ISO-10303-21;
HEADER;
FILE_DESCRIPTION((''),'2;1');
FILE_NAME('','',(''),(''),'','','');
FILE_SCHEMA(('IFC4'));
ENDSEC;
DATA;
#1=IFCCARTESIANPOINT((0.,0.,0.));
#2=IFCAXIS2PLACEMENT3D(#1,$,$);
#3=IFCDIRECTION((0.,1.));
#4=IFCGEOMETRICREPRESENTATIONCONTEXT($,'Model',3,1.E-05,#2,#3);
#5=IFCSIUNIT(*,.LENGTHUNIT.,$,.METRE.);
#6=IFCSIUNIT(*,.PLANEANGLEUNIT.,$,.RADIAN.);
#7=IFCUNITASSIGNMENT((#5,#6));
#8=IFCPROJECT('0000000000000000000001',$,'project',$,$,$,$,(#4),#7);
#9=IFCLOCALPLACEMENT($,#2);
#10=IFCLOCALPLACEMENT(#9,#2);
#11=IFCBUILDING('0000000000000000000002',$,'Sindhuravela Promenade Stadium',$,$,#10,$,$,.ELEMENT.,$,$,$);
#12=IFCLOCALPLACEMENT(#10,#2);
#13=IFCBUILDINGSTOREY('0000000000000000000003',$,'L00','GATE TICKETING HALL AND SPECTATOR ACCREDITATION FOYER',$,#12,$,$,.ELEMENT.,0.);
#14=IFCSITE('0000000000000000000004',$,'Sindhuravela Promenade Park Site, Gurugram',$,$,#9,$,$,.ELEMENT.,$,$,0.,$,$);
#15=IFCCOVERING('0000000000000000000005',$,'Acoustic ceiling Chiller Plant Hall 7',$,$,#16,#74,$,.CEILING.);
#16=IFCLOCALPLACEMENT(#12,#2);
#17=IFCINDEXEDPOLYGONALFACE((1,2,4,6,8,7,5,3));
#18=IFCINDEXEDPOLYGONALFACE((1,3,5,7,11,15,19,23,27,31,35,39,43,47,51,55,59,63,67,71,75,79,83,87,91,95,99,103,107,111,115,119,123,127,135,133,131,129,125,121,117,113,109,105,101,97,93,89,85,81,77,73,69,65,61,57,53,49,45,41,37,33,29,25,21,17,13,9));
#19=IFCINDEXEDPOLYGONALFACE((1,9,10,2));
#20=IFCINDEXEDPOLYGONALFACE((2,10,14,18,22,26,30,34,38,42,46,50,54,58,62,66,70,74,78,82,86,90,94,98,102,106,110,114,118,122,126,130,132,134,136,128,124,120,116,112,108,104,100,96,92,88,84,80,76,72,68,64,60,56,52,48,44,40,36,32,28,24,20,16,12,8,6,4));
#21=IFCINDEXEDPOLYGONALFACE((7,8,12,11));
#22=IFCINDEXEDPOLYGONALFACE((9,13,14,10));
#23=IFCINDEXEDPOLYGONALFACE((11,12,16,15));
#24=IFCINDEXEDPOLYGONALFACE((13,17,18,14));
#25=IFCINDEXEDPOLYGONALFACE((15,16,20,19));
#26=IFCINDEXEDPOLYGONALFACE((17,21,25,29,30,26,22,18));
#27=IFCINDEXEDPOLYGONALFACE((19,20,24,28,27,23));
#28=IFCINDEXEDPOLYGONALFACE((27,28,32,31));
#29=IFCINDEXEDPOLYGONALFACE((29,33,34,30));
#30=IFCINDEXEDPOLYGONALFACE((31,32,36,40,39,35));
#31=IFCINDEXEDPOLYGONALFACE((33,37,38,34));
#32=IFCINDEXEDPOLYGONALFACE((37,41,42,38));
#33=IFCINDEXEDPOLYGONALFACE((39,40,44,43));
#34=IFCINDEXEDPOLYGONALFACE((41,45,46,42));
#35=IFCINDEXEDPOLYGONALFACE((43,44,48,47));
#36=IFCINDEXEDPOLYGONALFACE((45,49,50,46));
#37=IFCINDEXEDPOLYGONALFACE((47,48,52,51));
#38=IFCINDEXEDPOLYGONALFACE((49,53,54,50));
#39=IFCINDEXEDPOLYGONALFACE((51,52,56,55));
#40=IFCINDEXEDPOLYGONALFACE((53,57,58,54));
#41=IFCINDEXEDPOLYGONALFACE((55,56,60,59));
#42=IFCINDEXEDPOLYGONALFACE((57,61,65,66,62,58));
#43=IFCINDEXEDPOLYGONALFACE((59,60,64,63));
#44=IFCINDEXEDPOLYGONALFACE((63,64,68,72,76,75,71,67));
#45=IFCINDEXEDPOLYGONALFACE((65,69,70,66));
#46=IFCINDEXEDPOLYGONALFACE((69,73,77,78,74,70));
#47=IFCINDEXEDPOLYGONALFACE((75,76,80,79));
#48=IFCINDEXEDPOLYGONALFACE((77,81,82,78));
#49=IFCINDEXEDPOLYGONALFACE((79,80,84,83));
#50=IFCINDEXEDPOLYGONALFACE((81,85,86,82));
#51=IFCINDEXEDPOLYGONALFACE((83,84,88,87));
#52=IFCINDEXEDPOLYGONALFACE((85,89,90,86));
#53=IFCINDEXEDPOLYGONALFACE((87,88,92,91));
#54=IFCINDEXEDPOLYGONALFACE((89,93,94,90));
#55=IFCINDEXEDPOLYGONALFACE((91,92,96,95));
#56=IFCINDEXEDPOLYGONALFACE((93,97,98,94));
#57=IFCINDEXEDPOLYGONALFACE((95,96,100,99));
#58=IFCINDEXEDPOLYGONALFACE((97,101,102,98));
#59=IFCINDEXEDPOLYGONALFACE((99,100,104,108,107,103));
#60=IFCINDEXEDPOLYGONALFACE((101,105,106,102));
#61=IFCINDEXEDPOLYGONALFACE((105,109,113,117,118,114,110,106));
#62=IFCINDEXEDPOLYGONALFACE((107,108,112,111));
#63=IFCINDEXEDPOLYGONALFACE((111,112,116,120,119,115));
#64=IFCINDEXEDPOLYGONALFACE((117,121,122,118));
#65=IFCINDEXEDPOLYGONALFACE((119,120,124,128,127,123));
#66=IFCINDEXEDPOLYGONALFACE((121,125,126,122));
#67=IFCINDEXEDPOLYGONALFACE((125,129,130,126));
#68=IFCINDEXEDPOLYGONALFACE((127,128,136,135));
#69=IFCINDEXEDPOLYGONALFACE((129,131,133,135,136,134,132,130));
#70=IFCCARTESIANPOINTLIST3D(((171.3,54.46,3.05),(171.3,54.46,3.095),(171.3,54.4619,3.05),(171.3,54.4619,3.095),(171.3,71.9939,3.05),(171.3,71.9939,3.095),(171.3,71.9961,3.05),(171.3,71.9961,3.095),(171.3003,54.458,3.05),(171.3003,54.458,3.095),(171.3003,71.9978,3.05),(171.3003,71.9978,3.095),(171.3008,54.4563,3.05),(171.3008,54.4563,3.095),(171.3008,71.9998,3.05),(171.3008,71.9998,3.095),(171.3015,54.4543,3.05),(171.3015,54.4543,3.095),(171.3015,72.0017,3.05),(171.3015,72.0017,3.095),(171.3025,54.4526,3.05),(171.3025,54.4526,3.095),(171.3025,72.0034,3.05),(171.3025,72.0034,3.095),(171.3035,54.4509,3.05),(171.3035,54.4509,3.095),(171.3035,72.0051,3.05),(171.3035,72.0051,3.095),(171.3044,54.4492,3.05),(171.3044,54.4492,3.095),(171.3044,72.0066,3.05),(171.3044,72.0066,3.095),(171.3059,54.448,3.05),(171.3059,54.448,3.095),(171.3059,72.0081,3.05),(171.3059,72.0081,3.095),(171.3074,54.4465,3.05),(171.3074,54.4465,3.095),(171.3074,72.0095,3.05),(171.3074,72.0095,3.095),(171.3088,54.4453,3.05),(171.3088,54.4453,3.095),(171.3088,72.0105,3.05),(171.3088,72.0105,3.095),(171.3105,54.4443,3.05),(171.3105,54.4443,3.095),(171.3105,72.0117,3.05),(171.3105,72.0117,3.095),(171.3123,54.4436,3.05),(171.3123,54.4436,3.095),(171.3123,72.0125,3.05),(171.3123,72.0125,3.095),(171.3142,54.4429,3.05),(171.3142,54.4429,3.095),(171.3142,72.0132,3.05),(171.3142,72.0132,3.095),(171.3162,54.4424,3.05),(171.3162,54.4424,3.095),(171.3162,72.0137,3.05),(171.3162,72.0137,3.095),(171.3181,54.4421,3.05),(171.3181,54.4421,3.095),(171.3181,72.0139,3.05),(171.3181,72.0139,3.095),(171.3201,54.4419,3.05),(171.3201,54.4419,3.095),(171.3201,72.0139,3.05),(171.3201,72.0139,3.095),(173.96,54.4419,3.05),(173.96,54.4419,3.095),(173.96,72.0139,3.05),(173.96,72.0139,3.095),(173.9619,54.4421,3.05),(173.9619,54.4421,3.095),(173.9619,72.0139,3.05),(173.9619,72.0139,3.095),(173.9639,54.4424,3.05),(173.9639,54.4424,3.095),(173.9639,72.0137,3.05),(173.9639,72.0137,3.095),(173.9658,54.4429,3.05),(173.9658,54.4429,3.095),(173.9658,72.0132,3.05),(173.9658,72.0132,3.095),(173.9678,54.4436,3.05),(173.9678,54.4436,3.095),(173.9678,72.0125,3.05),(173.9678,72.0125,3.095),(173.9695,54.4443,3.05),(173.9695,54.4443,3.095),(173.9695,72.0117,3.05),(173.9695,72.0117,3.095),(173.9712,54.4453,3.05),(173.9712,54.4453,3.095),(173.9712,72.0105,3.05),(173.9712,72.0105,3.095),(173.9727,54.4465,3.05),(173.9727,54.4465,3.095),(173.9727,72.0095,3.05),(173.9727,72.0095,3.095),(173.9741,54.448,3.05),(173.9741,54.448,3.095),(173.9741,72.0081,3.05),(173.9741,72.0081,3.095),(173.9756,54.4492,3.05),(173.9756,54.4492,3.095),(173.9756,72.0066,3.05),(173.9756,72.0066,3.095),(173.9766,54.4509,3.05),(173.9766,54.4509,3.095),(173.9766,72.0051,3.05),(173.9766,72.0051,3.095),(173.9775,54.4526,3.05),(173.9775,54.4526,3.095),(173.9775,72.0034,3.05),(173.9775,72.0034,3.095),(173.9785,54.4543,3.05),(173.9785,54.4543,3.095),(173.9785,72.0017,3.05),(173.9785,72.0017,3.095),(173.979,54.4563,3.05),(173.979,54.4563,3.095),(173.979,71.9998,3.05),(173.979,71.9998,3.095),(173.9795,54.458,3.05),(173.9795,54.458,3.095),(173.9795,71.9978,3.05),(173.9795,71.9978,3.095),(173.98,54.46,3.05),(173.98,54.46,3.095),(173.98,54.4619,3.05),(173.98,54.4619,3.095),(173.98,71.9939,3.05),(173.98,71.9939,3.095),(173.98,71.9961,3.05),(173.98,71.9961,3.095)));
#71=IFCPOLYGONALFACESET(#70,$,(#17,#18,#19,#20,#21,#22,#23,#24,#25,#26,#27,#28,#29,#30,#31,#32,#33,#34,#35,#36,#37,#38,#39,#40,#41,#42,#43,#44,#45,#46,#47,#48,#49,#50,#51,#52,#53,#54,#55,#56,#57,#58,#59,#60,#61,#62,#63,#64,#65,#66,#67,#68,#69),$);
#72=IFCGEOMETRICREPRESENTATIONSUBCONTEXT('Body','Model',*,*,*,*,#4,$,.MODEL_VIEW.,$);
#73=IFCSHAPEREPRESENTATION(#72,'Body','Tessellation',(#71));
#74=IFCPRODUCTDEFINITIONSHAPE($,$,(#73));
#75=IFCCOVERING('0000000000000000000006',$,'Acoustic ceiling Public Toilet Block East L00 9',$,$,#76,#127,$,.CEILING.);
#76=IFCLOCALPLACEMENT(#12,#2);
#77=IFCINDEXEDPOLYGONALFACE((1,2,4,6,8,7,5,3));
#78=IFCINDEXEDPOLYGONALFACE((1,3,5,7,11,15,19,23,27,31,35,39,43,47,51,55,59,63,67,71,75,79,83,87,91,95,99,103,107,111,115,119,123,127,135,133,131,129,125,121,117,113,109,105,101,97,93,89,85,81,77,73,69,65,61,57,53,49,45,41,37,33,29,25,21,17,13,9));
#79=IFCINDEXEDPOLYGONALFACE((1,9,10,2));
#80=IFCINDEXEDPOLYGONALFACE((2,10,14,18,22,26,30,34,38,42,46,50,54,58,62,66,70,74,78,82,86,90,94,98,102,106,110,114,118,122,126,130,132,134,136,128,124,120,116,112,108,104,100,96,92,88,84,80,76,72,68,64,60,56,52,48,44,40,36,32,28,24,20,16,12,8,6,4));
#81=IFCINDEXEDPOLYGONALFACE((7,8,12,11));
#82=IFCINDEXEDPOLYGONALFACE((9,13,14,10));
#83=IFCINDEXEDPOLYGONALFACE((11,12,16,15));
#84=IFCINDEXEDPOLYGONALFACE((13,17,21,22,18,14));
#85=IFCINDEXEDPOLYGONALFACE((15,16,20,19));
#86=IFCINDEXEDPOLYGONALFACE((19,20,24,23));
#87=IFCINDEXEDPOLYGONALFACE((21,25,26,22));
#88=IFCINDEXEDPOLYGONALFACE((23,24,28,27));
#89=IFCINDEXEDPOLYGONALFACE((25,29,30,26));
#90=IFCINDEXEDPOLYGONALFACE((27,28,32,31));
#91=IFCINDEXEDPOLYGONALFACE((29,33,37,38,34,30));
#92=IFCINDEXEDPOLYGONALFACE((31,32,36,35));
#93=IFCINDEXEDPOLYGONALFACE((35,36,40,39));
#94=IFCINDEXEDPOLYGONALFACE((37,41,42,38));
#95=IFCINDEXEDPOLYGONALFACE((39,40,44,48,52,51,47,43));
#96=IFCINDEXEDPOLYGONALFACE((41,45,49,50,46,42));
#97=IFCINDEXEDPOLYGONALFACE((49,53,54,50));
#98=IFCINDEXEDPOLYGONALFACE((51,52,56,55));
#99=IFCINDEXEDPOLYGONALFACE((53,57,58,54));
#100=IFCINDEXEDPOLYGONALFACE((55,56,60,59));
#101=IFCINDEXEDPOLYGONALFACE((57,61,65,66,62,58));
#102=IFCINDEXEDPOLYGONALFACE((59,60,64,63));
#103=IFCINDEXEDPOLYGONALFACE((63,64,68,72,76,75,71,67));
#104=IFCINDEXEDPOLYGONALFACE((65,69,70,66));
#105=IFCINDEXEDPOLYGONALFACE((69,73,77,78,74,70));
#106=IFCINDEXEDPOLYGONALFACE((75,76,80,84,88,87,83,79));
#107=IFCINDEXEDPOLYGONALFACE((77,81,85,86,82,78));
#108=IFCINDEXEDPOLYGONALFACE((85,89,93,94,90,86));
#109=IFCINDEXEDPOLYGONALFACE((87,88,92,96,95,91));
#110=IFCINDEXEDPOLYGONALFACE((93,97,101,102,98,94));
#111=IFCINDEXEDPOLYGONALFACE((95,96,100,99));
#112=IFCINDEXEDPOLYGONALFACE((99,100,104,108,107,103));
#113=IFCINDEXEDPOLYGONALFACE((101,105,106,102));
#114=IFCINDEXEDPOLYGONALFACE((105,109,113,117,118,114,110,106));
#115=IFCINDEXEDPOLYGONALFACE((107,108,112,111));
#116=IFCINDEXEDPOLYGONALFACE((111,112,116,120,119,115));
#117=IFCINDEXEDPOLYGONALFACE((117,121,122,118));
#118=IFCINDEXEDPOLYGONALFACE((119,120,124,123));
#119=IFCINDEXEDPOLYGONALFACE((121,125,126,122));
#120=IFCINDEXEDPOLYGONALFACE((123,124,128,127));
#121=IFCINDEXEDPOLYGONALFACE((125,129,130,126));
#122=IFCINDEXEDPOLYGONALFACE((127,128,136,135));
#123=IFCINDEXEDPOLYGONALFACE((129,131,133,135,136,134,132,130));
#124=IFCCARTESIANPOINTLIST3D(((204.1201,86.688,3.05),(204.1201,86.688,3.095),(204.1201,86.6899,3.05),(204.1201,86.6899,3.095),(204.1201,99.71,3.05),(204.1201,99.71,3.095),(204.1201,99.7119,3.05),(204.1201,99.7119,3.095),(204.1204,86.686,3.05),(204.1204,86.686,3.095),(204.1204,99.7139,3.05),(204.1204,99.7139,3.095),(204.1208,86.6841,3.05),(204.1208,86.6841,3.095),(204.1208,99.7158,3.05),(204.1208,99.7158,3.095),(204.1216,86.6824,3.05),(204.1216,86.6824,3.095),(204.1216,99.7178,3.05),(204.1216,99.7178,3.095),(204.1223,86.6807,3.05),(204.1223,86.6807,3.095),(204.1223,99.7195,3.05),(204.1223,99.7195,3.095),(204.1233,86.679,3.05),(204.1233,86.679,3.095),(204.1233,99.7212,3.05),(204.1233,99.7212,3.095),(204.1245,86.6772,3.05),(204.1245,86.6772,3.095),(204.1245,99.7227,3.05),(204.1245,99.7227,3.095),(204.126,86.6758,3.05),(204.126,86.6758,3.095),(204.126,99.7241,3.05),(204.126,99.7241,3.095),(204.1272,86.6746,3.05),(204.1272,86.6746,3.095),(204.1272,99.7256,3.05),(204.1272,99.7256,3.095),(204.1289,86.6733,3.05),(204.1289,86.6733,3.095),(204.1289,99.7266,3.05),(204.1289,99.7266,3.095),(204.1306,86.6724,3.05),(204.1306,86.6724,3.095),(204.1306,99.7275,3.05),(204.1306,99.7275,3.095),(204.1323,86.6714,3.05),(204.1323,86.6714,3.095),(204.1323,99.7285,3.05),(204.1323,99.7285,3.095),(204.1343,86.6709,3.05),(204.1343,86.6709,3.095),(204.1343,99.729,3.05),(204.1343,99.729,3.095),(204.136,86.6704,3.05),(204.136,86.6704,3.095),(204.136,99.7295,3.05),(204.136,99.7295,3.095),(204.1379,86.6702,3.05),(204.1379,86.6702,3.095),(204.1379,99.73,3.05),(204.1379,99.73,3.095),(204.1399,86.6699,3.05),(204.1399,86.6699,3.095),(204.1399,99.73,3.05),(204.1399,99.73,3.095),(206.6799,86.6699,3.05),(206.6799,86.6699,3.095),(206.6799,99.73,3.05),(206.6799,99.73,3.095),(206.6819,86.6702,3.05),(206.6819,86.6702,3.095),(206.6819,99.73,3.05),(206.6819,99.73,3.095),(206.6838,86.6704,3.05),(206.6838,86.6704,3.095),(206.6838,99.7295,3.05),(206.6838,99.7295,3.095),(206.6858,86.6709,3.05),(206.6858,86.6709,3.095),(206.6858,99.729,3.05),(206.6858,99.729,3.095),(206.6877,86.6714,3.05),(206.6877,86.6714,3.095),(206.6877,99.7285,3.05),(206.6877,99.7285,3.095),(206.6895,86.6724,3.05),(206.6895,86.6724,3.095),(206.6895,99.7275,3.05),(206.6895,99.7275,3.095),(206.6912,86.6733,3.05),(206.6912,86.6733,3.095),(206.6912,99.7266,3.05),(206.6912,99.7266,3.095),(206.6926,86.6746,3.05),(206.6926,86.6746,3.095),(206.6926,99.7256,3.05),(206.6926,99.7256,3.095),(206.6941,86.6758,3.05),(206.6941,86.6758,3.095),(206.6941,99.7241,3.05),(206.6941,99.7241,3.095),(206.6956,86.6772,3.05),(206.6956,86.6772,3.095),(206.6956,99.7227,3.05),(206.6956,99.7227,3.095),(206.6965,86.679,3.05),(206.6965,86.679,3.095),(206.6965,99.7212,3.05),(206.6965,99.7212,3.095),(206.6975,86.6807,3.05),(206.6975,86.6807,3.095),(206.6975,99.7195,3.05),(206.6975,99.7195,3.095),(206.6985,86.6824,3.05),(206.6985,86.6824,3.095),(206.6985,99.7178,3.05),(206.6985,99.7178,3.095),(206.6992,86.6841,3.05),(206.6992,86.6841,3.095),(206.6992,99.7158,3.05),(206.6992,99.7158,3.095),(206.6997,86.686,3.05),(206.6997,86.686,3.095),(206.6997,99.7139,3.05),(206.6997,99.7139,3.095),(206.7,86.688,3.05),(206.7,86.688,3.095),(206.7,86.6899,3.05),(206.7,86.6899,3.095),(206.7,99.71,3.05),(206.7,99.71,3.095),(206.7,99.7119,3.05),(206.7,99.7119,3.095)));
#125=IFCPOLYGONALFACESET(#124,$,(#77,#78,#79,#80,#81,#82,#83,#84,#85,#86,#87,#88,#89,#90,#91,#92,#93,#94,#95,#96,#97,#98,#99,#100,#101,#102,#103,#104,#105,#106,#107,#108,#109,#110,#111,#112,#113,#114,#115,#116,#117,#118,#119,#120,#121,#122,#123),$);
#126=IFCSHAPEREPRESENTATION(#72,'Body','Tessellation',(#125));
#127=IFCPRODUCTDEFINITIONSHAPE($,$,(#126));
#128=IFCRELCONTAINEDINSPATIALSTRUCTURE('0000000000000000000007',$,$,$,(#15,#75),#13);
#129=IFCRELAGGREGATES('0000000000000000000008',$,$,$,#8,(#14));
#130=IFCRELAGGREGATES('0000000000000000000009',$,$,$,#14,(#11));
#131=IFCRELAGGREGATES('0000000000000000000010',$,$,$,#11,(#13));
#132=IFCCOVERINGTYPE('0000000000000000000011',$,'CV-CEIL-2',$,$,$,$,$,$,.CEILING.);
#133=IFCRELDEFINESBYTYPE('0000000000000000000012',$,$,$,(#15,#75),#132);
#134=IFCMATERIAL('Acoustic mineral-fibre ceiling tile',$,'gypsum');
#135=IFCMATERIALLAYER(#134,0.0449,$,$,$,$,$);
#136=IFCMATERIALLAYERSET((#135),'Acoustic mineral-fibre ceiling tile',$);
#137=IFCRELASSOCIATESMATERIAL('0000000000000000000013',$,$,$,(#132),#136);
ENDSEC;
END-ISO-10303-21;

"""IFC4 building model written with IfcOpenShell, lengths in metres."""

from ifc_helpers import new_model, si_unit, direction, frame, origin, place, context, subcontext, project, spatial, polyline, outline, extrude, material, layer, layer_set, type_object, element, save


model = new_model("IFC4")

# Units and contexts
model_context = context("Model", 3, precision=1e-05, world=origin(), true_north=direction((0.0, 1.0)))
body_context = subcontext(model_context, "Body", "Model", "MODEL_VIEW")
ifc_project = project(units=[si_unit("LENGTHUNIT", "METRE"), si_unit("PLANEANGLEUNIT", "RADIAN")], contexts=[model_context])

# Site, building, storey
site_placement = place(None, origin())
site = spatial("IfcSite", under=ifc_project, at=site_placement, Name="Sindhuravela Promenade Park Site, Gurugram", CompositionType="ELEMENT", RefElevation=0.0)
building_placement = place(site_placement, origin())
building = spatial("IfcBuilding", under=site, at=building_placement, Name="Sindhuravela Promenade Stadium", CompositionType="ELEMENT")
storey_placement = place(building_placement, origin())
storey = spatial("IfcBuildingStorey", under=building, at=storey_placement, Name="L00", Description="GATE TICKETING HALL AND SPECTATOR ACCREDITATION FOYER", CompositionType="ELEMENT", Elevation=0.0)

# Coverings
ifc_material_1 = material(Name="Acoustic mineral-fibre ceiling tile", Category="gypsum")
ifc_layer_1 = layer(ifc_material_1, 0.0449)
ifc_layer_set_1 = layer_set([ifc_layer_1], Name="Acoustic mineral-fibre ceiling tile")
covering_type_1 = type_object("IfcCoveringType", Name="CV-CEIL-2", PredefinedType="CEILING", material=ifc_layer_set_1)
covering_1_placement = place(storey_placement, frame((0.0, 0.0, 3.05)))
element("IfcCovering", 1, at=covering_1_placement, inside=storey, type_object=covering_type_1, Name="Acoustic ceiling Chiller Plant Hall 7", PredefinedType="CEILING", context=body_context, shape_type="SweptSolid", body=[
    extrude(outline(polyline([(173.98, 54.4619), (173.98, 54.46), (173.9795, 54.458), (173.979, 54.4563), (173.9785, 54.4543), (173.9775, 54.4526), (173.9766, 54.4509), (173.9756, 54.4492), (173.9741, 54.448), (173.9727, 54.4465), (173.9712, 54.4453), (173.9695, 54.4443), (173.9678, 54.4436), (173.9658, 54.4429), (173.9639, 54.4424), (173.9619, 54.4421), (173.96, 54.4419), (171.3201, 54.4419), (171.3181, 54.4421), (171.3162, 54.4424), (171.3142, 54.4429), (171.3123, 54.4436), (171.3105, 54.4443), (171.3088, 54.4453), (171.3074, 54.4465), (171.3059, 54.448), (171.3044, 54.4492), (171.3035, 54.4509), (171.3025, 54.4526), (171.3015, 54.4543), (171.3008, 54.4563), (171.3003, 54.458), (171.3, 54.46), (171.3, 54.4619), (171.3, 71.9939), (171.3, 71.9961), (171.3003, 71.9978), (171.3008, 71.9998), (171.3015, 72.0017), (171.3025, 72.0034), (171.3035, 72.0051), (171.3044, 72.0066), (171.3059, 72.0081), (171.3074, 72.0095), (171.3088, 72.0105), (171.3105, 72.0117), (171.3123, 72.0125), (171.3142, 72.0132), (171.3162, 72.0137), (171.3181, 72.0139), (171.3201, 72.0139), (173.96, 72.0139), (173.9619, 72.0139), (173.9639, 72.0137), (173.9658, 72.0132), (173.9678, 72.0125), (173.9695, 72.0117), (173.9712, 72.0105), (173.9727, 72.0095), (173.9741, 72.0081), (173.9756, 72.0066), (173.9766, 72.0051), (173.9775, 72.0034), (173.9785, 72.0017), (173.979, 71.9998), (173.9795, 71.9978), (173.98, 71.9961), (173.98, 71.9939), (173.98, 54.4619)])), origin(), (0.0, 0.0, 1.0), 0.0449),
])
covering_2_placement = place(storey_placement, frame((0.0, 0.0, 3.05)))
element("IfcCovering", 2, at=covering_2_placement, inside=storey, type_object=covering_type_1, Name="Acoustic ceiling Public Toilet Block East L00 9", PredefinedType="CEILING", context=body_context, shape_type="SweptSolid", body=[
    extrude(outline(polyline([(206.7, 86.6899), (206.7, 86.688), (206.6997, 86.686), (206.6992, 86.6841), (206.6985, 86.6824), (206.6975, 86.6807), (206.6965, 86.679), (206.6956, 86.6772), (206.6941, 86.6758), (206.6926, 86.6746), (206.6912, 86.6733), (206.6895, 86.6724), (206.6877, 86.6714), (206.6858, 86.6709), (206.6838, 86.6704), (206.6819, 86.6702), (206.6799, 86.6699), (204.1399, 86.6699), (204.1379, 86.6702), (204.136, 86.6704), (204.1343, 86.6709), (204.1323, 86.6714), (204.1306, 86.6724), (204.1289, 86.6733), (204.1272, 86.6746), (204.126, 86.6758), (204.1245, 86.6772), (204.1233, 86.679), (204.1223, 86.6807), (204.1216, 86.6824), (204.1208, 86.6841), (204.1204, 86.686), (204.1201, 86.688), (204.1201, 86.6899), (204.1201, 99.71), (204.1201, 99.7119), (204.1204, 99.7139), (204.1208, 99.7158), (204.1216, 99.7178), (204.1223, 99.7195), (204.1233, 99.7212), (204.1245, 99.7227), (204.126, 99.7241), (204.1272, 99.7256), (204.1289, 99.7266), (204.1306, 99.7275), (204.1323, 99.7285), (204.1343, 99.729), (204.136, 99.7295), (204.1379, 99.73), (204.1399, 99.73), (206.6799, 99.73), (206.6819, 99.73), (206.6838, 99.7295), (206.6858, 99.729), (206.6877, 99.7285), (206.6895, 99.7275), (206.6912, 99.7266), (206.6926, 99.7256), (206.6941, 99.7241), (206.6956, 99.7227), (206.6965, 99.7212), (206.6975, 99.7195), (206.6985, 99.7178), (206.6992, 99.7158), (206.6997, 99.7139), (206.7, 99.7119), (206.7, 99.71), (206.7, 86.6899)])), origin(), (0.0, 0.0, 1.0), 0.0449),
])

save(model, "model.ifc")
